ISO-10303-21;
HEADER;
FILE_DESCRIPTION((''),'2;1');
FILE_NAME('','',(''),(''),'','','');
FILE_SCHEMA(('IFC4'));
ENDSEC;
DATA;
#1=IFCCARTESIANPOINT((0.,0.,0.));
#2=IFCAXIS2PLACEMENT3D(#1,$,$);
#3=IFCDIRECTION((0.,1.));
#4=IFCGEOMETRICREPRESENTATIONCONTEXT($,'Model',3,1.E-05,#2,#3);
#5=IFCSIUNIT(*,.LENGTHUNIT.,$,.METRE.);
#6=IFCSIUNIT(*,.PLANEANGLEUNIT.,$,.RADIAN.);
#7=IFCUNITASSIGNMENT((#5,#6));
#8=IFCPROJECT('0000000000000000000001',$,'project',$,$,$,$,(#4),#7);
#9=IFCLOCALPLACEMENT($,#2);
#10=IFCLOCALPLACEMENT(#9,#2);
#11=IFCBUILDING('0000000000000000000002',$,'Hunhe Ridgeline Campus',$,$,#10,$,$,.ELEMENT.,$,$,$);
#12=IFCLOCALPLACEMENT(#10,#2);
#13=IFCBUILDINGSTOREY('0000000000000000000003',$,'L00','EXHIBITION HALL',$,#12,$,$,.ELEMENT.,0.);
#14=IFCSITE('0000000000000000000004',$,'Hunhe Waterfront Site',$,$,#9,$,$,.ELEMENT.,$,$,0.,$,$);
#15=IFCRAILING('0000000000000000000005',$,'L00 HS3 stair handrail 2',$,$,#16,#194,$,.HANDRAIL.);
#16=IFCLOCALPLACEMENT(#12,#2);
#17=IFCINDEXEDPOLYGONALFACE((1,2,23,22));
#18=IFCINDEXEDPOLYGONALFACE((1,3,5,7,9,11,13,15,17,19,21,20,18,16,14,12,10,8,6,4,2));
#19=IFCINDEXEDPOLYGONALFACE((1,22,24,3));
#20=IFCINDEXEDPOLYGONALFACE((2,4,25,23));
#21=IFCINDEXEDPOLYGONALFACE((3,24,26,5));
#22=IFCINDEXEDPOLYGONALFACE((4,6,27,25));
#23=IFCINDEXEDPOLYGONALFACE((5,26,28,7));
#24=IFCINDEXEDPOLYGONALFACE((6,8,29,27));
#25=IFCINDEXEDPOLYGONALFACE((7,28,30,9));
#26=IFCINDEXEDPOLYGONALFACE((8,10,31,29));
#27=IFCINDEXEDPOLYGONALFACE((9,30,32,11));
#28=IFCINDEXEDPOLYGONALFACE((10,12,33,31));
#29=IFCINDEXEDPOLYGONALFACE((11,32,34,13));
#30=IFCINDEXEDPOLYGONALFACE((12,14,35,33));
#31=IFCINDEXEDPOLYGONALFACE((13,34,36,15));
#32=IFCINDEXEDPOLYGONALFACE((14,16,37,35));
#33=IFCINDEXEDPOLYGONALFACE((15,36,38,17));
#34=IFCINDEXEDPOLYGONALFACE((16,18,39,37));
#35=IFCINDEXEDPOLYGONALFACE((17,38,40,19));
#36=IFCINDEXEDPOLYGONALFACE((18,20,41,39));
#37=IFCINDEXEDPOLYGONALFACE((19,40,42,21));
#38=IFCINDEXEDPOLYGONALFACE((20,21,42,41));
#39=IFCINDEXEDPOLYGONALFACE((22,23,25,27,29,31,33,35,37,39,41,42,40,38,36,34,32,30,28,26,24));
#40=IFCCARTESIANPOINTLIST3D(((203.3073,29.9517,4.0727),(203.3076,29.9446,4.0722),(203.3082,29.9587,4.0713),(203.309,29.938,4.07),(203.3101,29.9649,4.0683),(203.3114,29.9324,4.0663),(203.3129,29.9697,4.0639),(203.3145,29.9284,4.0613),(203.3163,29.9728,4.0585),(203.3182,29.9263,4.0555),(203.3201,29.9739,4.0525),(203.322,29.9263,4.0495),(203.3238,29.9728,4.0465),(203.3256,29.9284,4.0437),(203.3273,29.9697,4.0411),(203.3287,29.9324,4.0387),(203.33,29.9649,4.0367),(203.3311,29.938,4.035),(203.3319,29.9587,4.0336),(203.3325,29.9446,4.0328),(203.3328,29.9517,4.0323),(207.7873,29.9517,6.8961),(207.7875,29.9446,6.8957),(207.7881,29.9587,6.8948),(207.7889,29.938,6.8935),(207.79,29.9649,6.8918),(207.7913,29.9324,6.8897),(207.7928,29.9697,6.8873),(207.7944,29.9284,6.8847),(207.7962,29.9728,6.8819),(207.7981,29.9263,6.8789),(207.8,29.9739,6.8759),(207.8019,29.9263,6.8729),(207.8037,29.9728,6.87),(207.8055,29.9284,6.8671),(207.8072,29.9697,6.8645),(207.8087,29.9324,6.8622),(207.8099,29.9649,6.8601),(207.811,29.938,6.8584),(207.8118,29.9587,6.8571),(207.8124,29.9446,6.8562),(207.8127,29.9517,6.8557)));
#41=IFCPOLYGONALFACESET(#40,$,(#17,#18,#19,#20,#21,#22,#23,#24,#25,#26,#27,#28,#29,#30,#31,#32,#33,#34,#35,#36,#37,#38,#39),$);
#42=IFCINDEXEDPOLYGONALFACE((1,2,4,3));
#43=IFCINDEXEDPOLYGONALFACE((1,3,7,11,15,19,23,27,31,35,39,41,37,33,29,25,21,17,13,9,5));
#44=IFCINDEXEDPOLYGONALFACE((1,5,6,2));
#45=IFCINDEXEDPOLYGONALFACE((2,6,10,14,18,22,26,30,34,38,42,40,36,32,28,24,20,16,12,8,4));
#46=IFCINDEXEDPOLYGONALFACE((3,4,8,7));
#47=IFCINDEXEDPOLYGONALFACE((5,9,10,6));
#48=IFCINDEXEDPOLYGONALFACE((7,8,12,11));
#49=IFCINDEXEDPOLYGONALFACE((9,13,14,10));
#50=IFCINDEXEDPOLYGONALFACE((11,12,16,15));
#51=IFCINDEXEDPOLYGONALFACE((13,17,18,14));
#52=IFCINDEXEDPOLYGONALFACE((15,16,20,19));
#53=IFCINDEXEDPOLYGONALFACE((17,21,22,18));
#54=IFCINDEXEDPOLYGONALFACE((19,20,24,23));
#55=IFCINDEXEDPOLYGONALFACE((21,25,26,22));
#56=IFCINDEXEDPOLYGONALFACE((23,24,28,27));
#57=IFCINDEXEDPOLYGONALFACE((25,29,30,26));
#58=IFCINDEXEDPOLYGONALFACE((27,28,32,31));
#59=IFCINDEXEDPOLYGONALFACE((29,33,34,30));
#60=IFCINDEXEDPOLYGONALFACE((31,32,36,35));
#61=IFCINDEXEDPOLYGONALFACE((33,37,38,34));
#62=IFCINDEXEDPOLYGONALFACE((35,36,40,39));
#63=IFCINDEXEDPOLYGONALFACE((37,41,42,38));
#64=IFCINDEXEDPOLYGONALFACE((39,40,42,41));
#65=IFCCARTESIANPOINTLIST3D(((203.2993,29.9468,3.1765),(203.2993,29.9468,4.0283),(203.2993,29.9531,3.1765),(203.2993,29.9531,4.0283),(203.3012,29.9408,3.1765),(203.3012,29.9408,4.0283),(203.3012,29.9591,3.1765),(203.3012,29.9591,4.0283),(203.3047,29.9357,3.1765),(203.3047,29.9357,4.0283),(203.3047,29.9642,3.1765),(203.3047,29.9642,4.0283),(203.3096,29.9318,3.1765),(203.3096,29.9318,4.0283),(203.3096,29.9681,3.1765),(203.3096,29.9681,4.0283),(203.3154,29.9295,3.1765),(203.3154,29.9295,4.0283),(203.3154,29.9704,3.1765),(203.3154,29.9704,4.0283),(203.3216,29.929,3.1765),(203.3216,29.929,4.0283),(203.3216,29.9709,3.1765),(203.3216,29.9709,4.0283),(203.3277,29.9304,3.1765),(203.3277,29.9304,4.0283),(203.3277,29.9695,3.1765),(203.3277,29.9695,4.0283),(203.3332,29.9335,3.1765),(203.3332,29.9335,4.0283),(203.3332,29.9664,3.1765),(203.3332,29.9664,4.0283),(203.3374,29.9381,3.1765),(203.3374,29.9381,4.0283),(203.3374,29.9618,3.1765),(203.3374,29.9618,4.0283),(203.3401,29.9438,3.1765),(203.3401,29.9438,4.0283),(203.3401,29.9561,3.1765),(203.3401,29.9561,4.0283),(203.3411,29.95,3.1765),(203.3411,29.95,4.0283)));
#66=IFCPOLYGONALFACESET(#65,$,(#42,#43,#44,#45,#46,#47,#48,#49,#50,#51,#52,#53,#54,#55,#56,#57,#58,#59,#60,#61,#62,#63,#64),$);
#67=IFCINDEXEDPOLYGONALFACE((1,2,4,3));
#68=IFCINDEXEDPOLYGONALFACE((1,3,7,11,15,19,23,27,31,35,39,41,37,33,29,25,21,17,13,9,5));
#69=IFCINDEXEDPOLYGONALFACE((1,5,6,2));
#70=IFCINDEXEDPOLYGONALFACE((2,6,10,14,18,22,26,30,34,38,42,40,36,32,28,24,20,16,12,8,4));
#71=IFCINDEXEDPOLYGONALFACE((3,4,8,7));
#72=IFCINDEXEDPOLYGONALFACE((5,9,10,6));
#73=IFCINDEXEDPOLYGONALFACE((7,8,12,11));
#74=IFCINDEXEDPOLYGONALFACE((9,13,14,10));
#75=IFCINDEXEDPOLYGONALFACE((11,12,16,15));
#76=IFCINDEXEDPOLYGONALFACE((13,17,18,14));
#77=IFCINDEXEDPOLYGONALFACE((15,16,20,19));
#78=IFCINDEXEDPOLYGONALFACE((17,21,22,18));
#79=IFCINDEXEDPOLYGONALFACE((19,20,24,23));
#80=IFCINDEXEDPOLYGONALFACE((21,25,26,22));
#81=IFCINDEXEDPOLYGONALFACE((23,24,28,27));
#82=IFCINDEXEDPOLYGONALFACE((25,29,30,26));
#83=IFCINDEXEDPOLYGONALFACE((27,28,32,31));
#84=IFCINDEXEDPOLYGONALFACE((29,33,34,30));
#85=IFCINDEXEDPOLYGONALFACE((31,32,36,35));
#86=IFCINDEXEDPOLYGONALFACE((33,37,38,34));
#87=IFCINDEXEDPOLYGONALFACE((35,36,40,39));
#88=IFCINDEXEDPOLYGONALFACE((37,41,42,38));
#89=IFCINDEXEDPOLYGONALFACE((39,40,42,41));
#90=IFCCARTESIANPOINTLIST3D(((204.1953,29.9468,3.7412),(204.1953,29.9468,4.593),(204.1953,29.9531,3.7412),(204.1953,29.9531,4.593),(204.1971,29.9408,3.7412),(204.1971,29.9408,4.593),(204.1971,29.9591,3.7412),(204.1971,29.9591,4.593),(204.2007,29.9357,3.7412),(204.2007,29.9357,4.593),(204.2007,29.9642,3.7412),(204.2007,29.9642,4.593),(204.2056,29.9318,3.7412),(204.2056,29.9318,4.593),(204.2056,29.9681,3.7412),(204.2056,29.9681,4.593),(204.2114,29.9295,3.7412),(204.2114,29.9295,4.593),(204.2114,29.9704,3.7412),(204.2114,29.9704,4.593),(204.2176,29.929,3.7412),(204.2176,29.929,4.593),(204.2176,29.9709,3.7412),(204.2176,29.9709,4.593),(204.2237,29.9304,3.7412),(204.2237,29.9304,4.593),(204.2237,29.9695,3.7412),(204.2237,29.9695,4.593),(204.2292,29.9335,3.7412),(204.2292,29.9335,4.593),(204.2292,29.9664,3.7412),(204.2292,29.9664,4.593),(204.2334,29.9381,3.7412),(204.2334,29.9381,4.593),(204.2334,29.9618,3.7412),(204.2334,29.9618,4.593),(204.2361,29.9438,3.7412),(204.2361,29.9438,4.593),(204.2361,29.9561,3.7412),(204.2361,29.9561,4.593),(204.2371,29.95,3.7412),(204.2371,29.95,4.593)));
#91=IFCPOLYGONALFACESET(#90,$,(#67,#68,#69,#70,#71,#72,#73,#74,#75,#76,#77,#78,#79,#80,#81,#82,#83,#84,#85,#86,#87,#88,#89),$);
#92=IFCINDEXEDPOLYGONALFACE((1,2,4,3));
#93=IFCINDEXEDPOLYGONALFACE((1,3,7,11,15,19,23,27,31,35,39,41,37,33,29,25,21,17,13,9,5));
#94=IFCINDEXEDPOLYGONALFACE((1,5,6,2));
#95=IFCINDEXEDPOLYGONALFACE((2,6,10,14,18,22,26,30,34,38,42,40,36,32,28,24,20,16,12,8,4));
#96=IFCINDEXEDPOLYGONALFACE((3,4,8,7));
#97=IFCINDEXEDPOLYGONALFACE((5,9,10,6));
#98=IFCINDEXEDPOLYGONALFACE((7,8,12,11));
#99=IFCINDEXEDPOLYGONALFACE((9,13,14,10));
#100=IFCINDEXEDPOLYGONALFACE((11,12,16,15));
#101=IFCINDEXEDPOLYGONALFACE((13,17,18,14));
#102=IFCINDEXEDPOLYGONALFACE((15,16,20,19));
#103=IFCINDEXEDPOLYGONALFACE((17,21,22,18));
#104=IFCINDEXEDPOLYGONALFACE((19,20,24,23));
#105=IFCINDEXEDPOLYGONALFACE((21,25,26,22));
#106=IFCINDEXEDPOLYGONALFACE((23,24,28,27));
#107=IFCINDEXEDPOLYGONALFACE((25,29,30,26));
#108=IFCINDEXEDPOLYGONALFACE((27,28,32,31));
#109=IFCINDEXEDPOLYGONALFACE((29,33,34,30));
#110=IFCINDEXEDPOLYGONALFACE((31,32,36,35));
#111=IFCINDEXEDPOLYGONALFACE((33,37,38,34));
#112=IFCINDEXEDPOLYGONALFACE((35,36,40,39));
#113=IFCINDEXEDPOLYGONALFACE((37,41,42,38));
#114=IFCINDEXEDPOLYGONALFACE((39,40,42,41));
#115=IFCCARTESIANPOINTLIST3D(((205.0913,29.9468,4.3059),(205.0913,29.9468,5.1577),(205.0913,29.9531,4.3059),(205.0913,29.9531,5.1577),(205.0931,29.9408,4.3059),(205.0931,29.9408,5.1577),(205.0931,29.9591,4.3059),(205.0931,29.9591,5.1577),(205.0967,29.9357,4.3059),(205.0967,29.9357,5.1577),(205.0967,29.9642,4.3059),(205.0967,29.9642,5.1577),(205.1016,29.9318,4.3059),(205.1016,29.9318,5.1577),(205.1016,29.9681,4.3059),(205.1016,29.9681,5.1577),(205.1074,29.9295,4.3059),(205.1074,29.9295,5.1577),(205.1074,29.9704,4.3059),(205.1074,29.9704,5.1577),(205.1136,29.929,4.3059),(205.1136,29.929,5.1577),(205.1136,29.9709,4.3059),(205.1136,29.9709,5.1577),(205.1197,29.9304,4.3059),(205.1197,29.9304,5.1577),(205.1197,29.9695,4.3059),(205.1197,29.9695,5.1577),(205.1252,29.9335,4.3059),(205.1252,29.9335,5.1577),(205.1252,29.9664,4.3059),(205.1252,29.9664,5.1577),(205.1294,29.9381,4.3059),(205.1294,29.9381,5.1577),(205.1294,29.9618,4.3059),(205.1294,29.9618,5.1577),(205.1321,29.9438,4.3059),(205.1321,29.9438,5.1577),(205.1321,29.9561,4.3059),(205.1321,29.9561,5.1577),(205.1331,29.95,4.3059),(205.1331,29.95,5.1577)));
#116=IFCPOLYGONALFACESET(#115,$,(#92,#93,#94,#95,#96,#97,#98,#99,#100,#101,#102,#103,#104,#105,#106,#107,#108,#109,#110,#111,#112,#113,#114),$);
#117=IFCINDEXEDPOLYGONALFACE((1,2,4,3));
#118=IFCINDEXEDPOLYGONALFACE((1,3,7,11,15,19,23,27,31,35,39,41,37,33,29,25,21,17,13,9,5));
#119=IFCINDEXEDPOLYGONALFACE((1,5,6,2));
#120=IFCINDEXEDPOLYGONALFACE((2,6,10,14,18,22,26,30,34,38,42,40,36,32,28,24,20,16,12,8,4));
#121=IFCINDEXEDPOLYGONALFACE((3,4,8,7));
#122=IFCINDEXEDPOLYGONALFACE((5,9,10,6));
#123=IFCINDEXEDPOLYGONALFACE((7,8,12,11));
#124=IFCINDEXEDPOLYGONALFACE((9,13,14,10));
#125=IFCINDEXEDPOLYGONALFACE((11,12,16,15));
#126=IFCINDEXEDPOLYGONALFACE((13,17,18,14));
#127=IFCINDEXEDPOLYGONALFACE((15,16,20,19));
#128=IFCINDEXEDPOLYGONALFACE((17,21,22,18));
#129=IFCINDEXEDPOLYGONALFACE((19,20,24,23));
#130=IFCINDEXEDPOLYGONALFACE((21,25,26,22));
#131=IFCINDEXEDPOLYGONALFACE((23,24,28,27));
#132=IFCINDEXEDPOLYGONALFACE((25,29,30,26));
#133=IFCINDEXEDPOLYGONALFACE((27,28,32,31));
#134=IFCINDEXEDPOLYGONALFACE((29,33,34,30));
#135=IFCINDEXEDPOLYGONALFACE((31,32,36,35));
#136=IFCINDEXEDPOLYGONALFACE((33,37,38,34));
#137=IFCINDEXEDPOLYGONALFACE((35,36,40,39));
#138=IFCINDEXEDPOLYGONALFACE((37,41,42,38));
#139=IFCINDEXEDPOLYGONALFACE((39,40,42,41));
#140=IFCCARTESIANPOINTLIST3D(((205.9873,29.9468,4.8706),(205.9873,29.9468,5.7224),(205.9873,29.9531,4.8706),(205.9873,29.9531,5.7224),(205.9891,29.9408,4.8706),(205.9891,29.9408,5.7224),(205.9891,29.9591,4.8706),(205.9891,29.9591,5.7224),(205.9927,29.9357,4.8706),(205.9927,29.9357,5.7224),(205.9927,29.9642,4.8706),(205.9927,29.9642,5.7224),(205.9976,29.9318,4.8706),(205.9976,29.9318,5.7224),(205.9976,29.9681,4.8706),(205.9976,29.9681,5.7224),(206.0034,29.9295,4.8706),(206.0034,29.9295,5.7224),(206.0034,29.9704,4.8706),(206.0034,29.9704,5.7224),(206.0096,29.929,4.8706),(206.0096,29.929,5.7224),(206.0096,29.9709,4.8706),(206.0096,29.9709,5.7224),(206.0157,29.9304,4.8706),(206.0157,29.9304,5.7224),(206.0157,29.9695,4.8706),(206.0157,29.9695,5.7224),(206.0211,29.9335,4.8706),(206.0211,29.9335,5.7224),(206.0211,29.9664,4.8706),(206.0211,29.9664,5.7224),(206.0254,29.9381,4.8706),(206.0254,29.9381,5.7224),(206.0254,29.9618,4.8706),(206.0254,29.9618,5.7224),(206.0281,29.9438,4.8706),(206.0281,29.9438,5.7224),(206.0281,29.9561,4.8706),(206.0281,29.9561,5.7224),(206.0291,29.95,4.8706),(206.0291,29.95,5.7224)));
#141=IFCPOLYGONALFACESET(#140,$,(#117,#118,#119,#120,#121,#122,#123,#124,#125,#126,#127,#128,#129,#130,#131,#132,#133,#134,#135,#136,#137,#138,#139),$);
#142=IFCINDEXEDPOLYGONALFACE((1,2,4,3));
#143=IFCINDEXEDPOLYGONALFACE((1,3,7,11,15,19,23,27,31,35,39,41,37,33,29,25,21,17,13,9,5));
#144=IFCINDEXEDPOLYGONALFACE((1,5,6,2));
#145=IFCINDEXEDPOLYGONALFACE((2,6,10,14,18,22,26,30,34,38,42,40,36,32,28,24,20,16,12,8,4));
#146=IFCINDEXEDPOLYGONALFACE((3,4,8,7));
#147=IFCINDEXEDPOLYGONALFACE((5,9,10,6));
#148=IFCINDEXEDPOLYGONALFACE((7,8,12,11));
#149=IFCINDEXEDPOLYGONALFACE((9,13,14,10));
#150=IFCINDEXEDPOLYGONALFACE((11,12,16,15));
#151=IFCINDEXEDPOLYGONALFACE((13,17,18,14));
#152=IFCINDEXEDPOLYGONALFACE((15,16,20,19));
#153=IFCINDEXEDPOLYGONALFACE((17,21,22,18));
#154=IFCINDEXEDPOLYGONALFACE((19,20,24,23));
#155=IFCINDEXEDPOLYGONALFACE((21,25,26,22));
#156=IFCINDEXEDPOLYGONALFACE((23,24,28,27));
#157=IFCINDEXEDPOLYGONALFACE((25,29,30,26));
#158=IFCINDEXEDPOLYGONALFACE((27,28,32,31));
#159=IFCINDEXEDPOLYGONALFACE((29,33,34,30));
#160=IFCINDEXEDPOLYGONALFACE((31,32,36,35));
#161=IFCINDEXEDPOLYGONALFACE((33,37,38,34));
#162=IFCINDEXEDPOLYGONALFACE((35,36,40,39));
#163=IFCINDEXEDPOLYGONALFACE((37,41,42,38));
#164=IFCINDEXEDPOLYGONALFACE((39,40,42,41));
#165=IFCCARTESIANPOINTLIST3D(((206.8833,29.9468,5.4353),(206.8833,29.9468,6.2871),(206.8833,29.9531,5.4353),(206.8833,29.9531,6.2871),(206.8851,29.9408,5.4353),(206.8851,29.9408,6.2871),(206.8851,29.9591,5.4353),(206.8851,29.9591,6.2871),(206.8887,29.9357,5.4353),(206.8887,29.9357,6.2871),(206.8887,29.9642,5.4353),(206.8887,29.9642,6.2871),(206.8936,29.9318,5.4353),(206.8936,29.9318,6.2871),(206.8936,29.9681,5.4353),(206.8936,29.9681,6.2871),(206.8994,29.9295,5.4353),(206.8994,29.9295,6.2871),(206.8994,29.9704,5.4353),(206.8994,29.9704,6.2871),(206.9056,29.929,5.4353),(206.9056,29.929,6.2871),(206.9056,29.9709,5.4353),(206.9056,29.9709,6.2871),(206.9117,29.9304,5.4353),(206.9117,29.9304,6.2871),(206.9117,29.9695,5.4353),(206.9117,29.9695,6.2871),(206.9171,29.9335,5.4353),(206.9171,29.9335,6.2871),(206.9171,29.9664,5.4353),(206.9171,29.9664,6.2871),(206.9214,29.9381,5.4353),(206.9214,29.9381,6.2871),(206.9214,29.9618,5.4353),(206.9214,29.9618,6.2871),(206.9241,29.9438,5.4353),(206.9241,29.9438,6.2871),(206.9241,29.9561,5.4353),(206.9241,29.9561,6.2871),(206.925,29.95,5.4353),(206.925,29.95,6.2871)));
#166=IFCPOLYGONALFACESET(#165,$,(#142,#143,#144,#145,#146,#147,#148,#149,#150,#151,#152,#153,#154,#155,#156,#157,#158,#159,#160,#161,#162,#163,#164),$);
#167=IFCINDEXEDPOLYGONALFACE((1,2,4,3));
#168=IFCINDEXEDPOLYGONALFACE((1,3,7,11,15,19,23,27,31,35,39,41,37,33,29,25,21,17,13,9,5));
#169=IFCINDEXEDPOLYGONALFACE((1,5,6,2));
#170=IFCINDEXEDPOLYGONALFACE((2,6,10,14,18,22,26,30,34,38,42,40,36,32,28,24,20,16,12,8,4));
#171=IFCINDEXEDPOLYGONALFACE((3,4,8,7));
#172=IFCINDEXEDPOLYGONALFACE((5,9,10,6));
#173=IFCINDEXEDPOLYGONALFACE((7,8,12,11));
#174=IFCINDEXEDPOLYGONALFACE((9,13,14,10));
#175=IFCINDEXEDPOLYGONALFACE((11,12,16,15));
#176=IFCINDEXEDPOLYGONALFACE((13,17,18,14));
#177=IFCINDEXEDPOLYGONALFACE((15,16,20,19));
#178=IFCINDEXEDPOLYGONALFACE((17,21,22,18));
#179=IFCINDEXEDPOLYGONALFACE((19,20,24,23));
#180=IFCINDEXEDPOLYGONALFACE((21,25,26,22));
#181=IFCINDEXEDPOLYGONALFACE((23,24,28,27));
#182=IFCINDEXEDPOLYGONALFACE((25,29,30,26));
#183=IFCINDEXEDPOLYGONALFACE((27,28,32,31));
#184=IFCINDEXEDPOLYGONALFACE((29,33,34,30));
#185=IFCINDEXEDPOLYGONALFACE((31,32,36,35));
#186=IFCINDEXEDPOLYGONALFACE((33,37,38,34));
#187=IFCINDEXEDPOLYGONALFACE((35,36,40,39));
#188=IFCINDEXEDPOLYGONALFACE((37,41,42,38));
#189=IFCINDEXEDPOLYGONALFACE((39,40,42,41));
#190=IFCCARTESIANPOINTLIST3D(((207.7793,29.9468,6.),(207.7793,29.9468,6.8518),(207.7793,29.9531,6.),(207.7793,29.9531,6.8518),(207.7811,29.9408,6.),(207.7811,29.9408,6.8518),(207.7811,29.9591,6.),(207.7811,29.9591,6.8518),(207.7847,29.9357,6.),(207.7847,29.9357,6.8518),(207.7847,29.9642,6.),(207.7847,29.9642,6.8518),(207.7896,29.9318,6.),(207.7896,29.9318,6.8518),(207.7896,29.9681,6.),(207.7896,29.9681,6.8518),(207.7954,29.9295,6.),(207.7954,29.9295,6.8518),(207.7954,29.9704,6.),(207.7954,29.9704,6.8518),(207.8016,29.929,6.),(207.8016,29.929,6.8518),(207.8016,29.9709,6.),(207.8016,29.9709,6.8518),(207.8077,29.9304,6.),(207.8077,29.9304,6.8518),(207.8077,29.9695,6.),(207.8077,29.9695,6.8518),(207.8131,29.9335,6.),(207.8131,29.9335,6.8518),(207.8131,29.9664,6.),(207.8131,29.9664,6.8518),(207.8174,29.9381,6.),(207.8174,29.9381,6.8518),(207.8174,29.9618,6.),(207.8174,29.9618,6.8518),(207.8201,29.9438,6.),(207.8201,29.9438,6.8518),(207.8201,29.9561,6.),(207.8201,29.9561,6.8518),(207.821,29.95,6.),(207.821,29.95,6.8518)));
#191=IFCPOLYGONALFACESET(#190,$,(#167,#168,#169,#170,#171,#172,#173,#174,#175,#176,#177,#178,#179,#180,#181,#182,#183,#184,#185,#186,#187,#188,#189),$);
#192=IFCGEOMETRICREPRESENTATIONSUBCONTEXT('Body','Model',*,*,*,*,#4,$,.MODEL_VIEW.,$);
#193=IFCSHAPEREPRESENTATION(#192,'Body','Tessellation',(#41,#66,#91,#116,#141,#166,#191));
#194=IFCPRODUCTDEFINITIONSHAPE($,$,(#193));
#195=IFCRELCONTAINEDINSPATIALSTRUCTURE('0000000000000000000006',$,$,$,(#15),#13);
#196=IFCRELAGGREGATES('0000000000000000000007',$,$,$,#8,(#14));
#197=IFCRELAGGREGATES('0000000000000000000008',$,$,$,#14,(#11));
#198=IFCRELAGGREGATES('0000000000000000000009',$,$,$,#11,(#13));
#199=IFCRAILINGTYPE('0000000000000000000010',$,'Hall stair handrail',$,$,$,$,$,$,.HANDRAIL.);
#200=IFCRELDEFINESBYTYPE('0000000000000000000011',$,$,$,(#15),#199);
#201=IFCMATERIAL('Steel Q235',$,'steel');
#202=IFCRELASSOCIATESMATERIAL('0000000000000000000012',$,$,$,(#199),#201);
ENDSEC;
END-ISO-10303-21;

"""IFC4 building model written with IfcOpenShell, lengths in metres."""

from ifc_helpers import new_model, si_unit, direction, frame, origin, origin_2d, place, context, subcontext, project, spatial, circle, extrude, material, type_object, element, save


model = new_model("IFC4")

# Units and contexts
model_context = context("Model", 3, precision=1e-05, world=origin(), true_north=direction((0.0, 1.0)))
body_context = subcontext(model_context, "Body", "Model", "MODEL_VIEW")
ifc_project = project(units=[si_unit("LENGTHUNIT", "METRE"), si_unit("PLANEANGLEUNIT", "RADIAN")], contexts=[model_context])

# Site, building, storey
site_placement = place(None, origin())
site = spatial("IfcSite", under=ifc_project, at=site_placement, Name="Hunhe Waterfront Site", CompositionType="ELEMENT", RefElevation=0.0)
building_placement = place(site_placement, origin())
building = spatial("IfcBuilding", under=site, at=building_placement, Name="Hunhe Ridgeline Campus", CompositionType="ELEMENT")
storey_placement = place(building_placement, origin())
storey = spatial("IfcBuildingStorey", under=building, at=storey_placement, Name="L00", Description="EXHIBITION HALL", CompositionType="ELEMENT", Elevation=0.0)

# Shared definitions
ifc_material_1 = material(Name="Steel Q235", Category="steel")

# Railing
railing_type = type_object("IfcRailingType", Name="Hall stair handrail", PredefinedType="HANDRAIL", material=ifc_material_1)
railing_placement = place(storey_placement, frame((203.3201, 29.95, 3.1765)))
element("IfcRailing", 1, at=railing_placement, inside=storey, type_object=railing_type, Name="L00 HS3 stair handrail 2", PredefinedType="HANDRAIL", context=body_context, shape_type="SweptSolid", body=[
    extrude(circle(Radius=0.0239, at=origin_2d()), frame((0.0, 0.0, 0.876), z_axis=(0.845998, 0.0, 0.533186), x_axis=(0.0, 1.0, 0.0)), (0.0, 0.0, 1.0), 5.2954),
    extrude(circle(Radius=0.021, at=origin_2d()), origin(), (0.0, 0.0, 1.0), 0.8518),
    extrude(circle(Radius=0.021, at=origin_2d()), frame((0.896, 0.0, 0.5647)), (0.0, 0.0, 1.0), 0.8518),
    extrude(circle(Radius=0.021, at=origin_2d()), frame((1.792, 0.0, 1.1294)), (0.0, 0.0, 1.0), 0.8518),
    extrude(circle(Radius=0.021, at=origin_2d()), frame((2.688, 0.0, 1.6941)), (0.0, 0.0, 1.0), 0.8518),
    extrude(circle(Radius=0.021, at=origin_2d()), frame((3.584, 0.0, 2.2588)), (0.0, 0.0, 1.0), 0.8518),
    extrude(circle(Radius=0.021, at=origin_2d()), frame((4.48, 0.0, 2.8235)), (0.0, 0.0, 1.0), 0.8518),
])

save(model, "model.ifc")
